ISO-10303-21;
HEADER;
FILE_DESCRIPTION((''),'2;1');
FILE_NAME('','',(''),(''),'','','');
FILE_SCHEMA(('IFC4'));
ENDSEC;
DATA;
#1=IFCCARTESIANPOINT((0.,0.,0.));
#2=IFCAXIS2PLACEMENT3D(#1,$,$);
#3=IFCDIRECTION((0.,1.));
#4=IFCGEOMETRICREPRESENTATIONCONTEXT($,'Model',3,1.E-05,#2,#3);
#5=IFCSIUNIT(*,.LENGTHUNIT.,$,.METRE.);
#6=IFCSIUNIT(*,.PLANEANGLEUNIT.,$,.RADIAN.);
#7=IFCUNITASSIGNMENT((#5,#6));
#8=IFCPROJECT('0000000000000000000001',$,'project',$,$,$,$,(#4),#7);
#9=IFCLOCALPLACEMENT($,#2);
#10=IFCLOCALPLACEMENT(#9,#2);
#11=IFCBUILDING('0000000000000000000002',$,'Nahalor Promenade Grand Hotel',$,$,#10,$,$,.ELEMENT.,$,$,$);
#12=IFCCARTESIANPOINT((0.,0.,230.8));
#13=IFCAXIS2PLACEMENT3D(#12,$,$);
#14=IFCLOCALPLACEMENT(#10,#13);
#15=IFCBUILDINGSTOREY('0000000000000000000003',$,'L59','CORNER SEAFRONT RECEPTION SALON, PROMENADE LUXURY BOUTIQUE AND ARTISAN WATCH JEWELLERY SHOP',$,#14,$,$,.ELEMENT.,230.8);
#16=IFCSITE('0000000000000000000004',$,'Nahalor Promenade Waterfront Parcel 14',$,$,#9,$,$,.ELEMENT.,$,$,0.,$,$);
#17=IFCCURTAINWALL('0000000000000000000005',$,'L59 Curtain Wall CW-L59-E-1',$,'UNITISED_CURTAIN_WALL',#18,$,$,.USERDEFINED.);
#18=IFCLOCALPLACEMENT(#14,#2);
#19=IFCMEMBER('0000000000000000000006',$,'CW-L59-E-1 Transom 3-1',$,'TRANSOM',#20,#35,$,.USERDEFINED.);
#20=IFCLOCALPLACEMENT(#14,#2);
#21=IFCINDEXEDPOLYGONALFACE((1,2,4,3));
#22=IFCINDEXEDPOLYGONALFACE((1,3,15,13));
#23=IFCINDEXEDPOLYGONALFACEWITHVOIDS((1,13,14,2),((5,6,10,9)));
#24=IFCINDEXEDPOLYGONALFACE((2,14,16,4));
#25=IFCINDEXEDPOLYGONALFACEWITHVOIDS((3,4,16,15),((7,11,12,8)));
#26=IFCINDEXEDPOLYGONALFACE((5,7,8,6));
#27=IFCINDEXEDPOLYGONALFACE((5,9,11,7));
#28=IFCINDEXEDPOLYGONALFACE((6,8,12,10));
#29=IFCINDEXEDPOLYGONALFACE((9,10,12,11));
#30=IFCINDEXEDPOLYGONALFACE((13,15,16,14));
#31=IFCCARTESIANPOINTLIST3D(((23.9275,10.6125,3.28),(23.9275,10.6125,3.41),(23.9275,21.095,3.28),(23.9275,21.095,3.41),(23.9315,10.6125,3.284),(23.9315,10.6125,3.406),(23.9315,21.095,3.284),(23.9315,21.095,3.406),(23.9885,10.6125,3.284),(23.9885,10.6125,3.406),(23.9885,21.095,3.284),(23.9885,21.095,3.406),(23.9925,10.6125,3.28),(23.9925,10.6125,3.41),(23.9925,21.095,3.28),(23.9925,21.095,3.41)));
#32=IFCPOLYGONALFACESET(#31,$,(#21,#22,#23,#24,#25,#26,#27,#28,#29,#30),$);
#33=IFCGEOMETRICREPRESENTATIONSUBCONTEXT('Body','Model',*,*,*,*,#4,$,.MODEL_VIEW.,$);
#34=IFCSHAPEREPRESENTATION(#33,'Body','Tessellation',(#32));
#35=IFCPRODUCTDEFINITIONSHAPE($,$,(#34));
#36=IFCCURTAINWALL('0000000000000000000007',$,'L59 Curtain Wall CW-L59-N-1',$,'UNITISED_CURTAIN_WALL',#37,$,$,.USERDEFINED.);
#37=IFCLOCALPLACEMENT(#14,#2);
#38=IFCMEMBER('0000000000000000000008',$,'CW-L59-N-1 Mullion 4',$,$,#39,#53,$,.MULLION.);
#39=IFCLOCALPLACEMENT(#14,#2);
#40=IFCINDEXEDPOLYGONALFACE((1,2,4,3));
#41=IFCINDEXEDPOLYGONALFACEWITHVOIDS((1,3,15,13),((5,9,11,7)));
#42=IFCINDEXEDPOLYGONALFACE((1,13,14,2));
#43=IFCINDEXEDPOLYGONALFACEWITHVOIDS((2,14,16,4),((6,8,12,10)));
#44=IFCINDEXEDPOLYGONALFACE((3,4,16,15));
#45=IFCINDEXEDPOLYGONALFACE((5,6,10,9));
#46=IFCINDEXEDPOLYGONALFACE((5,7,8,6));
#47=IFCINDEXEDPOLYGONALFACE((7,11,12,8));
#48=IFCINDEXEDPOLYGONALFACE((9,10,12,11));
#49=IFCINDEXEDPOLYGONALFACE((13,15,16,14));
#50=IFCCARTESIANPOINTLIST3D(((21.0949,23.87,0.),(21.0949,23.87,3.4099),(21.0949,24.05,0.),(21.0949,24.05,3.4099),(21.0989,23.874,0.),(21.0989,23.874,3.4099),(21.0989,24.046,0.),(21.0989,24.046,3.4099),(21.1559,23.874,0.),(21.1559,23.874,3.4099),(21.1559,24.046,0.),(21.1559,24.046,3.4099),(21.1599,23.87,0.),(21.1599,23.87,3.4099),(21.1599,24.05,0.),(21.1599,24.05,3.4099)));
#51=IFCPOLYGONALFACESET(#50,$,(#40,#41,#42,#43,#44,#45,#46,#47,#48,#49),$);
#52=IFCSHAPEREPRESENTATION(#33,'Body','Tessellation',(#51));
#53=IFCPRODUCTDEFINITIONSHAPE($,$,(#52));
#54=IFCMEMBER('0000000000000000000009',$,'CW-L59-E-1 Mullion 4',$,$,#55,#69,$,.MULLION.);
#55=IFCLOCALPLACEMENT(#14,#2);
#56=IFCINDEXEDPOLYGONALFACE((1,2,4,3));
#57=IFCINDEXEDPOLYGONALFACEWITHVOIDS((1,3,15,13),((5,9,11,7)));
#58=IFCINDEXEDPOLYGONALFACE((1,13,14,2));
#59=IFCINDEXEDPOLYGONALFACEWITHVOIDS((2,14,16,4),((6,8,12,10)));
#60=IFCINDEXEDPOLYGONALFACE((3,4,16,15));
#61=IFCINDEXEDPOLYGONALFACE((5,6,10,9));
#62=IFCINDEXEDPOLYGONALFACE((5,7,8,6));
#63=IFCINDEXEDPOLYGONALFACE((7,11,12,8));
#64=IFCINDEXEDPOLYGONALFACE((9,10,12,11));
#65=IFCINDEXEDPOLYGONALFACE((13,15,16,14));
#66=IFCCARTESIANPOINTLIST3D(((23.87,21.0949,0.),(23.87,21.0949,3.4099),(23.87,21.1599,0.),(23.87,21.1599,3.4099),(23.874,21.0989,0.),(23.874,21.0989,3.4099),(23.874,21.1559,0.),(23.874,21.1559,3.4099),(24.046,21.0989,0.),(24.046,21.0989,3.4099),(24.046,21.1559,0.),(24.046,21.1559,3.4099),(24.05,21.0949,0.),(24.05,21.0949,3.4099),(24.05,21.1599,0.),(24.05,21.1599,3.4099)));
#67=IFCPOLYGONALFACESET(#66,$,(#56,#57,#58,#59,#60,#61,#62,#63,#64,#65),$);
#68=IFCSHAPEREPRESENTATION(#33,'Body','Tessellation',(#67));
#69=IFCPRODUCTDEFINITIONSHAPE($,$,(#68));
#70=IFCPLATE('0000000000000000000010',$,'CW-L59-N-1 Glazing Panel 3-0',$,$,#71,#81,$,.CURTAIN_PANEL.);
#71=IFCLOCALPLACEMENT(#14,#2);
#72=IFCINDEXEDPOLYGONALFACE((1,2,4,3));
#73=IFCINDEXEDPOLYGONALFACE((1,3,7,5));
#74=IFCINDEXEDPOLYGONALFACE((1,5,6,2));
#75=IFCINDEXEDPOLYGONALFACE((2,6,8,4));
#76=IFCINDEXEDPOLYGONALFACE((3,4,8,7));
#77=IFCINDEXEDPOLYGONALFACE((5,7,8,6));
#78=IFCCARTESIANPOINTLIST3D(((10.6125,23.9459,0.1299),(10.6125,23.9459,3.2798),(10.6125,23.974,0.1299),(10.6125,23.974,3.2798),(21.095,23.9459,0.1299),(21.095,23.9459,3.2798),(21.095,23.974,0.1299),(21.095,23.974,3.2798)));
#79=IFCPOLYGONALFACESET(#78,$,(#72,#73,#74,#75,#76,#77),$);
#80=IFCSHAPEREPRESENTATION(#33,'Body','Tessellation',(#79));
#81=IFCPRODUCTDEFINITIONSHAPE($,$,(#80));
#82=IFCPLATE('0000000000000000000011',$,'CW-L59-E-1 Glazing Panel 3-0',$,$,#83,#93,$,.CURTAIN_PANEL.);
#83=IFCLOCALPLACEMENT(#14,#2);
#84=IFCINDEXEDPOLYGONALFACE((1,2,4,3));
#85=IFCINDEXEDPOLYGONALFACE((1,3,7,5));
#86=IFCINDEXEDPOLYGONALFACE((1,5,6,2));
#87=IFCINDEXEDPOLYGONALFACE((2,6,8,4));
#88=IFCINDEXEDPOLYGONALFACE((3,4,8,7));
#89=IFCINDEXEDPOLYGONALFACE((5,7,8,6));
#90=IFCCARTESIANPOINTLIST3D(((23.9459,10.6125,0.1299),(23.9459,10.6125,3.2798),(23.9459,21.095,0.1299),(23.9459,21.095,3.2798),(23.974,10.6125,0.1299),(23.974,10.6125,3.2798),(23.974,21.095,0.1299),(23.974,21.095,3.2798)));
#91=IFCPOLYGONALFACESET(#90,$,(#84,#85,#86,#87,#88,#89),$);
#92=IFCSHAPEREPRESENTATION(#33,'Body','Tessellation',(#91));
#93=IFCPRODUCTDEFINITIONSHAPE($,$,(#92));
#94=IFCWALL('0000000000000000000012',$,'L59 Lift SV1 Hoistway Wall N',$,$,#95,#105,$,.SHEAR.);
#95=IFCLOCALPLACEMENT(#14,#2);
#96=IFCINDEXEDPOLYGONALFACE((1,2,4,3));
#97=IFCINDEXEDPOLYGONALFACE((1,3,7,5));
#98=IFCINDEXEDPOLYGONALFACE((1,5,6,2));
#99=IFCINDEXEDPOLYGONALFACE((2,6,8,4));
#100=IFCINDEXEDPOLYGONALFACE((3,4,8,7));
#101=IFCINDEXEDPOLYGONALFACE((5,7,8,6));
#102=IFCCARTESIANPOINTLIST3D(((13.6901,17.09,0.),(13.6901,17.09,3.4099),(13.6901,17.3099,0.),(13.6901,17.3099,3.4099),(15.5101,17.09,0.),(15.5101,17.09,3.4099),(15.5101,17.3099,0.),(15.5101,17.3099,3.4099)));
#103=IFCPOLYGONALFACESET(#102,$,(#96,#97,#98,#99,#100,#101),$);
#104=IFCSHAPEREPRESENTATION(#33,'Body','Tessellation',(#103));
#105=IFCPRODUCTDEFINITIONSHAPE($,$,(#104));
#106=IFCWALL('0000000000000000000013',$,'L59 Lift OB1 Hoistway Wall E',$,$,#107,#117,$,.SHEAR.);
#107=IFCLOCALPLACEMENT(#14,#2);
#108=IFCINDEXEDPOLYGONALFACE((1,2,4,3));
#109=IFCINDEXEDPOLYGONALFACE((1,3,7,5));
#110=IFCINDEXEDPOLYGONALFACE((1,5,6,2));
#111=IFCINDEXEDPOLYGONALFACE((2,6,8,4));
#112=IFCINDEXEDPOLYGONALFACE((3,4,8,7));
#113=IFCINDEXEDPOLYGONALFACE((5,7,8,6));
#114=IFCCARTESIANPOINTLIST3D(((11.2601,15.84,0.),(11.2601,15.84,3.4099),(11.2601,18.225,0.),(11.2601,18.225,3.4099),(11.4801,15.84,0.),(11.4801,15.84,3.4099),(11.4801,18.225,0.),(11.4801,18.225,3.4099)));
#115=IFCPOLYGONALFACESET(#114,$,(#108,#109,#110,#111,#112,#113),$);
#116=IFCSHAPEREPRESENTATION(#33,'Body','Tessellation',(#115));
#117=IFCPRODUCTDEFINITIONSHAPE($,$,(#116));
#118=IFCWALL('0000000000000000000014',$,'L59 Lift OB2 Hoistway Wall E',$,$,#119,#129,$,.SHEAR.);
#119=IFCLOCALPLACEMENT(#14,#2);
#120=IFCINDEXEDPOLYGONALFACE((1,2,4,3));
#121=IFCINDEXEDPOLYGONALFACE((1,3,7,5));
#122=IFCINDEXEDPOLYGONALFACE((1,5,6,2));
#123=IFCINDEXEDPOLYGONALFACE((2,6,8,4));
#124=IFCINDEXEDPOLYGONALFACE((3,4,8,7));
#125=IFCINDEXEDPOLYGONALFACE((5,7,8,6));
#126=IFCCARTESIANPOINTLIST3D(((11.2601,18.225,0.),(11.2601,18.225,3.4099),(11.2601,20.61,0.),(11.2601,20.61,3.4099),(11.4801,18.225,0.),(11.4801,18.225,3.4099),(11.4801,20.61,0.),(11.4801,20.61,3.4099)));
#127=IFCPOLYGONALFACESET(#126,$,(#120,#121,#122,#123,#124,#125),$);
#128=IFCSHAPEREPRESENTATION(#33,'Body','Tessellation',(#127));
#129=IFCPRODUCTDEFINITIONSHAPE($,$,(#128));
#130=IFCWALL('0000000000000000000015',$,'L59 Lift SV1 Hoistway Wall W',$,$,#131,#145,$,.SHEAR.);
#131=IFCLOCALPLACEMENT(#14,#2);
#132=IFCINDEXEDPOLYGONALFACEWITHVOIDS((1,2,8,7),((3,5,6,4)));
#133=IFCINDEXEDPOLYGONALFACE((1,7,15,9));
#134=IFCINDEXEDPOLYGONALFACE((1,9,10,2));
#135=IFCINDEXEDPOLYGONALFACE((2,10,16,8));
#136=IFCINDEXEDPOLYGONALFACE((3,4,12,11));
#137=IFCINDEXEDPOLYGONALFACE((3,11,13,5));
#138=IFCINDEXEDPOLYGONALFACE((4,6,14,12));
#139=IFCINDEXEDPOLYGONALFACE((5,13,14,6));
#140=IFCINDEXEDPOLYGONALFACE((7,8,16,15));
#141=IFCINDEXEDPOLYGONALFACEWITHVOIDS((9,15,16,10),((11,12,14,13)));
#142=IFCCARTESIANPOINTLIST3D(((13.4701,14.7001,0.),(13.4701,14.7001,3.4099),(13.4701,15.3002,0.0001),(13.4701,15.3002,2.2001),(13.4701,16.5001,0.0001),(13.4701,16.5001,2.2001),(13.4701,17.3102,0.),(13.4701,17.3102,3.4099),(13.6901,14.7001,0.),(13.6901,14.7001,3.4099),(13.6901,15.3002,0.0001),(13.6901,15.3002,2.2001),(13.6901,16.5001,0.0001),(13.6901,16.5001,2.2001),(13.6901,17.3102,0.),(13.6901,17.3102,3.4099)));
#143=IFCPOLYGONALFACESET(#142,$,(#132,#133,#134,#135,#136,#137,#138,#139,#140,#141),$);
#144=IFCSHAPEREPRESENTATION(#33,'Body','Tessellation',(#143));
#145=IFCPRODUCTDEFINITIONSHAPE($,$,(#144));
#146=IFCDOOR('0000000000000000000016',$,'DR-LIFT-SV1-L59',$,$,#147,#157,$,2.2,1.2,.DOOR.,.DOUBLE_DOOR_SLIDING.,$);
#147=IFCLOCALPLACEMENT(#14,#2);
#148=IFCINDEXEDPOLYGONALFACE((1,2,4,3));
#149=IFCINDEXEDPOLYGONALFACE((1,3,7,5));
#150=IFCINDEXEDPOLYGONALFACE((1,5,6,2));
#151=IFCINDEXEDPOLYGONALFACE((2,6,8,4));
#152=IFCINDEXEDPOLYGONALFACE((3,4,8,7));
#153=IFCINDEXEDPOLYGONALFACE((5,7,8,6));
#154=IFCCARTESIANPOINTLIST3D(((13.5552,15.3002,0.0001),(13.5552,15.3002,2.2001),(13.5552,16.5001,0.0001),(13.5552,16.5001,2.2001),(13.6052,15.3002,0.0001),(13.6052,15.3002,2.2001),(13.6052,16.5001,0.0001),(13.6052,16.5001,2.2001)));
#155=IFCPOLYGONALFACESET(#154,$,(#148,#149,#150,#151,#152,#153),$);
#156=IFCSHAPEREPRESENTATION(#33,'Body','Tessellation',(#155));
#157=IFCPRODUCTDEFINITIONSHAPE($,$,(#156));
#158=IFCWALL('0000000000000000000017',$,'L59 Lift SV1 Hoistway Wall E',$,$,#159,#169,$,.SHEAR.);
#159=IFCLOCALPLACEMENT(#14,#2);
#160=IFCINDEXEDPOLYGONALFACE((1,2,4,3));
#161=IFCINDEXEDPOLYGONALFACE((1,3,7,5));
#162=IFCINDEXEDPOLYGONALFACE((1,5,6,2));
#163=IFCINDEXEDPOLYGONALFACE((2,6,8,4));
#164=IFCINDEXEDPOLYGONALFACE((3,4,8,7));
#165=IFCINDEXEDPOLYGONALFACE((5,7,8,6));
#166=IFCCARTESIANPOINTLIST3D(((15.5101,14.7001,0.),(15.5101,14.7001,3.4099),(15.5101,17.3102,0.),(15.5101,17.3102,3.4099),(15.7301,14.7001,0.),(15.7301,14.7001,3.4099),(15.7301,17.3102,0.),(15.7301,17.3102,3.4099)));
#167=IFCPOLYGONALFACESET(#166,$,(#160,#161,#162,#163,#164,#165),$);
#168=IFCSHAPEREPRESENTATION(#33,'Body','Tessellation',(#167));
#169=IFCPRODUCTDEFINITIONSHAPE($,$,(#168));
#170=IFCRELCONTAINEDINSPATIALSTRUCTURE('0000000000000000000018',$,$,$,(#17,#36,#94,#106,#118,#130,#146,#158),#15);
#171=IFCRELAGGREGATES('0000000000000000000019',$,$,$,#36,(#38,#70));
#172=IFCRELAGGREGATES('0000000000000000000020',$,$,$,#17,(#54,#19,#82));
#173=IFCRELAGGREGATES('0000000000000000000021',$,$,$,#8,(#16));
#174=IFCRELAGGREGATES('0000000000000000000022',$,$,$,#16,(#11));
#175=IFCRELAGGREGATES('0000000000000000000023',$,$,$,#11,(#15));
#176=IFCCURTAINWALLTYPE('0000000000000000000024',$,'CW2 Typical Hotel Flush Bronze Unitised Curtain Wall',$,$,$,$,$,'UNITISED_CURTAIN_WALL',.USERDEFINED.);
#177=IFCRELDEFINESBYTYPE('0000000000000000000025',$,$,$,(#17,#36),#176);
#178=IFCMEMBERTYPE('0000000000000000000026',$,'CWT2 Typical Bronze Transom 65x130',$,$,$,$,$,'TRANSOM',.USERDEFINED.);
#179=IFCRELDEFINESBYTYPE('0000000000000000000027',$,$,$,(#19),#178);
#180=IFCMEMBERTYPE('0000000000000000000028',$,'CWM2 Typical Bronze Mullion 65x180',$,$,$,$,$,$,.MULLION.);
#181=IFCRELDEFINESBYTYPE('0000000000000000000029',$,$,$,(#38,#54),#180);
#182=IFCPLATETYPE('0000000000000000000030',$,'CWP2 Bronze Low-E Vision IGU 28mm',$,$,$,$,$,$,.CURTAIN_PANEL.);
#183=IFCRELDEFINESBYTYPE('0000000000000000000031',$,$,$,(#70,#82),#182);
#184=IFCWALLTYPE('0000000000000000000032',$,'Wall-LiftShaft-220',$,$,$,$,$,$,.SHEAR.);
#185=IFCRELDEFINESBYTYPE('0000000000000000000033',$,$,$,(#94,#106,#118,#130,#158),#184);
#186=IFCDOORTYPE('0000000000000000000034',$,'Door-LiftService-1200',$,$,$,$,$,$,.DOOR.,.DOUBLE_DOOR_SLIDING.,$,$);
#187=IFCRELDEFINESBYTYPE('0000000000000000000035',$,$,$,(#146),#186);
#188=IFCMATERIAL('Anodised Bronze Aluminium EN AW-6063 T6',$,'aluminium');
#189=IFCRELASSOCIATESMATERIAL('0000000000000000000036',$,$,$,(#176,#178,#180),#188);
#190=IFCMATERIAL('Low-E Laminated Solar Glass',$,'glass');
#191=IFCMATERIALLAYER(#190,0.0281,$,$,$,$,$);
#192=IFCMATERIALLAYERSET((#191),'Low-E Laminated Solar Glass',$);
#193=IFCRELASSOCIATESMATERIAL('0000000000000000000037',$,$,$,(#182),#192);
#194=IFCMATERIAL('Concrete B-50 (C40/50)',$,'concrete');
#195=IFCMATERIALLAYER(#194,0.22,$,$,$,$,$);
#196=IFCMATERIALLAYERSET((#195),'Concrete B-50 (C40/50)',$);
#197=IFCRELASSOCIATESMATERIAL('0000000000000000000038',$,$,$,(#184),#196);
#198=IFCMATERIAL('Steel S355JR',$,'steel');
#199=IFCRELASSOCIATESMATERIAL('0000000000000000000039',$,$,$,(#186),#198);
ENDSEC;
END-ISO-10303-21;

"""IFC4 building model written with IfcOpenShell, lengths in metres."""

from ifc_helpers import new_model, si_unit, direction, frame, frame_2d, origin, origin_2d, place, context, subcontext, project, spatial, rectangle, hollow_rectangle, extrude, source, transform, mapped, material, layer, layer_set, material_profile, profile_set, type_object, element, fill, aggregate, save


model = new_model("IFC4")

# Units and contexts
model_context = context("Model", 3, precision=1e-05, world=origin(), true_north=direction((0.0, 1.0)))
body_context = subcontext(model_context, "Body", "Model", "MODEL_VIEW")
ifc_project = project(units=[si_unit("LENGTHUNIT", "METRE"), si_unit("PLANEANGLEUNIT", "RADIAN")], contexts=[model_context])

# Site, building, storey
site_placement = place(None, origin())
site = spatial("IfcSite", under=ifc_project, at=site_placement, Name="Nahalor Promenade Waterfront Parcel 14", CompositionType="ELEMENT", RefElevation=0.0)
building_placement = place(site_placement, origin())
building = spatial("IfcBuilding", under=site, at=building_placement, Name="Nahalor Promenade Grand Hotel", CompositionType="ELEMENT")
storey_placement = place(building_placement, frame((0.0, 0.0, 230.8)))
storey = spatial("IfcBuildingStorey", under=building, at=storey_placement, Name="L59", Description="CORNER SEAFRONT RECEPTION SALON, PROMENADE LUXURY BOUTIQUE AND ARTISAN WATCH JEWELLERY SHOP", CompositionType="ELEMENT", Elevation=230.8)

# Shared definitions
ifc_material_1 = material(Name="Steel S355JR", Category="steel")

# Curtain walls, members
ifc_material_2 = material(Name="Anodised Bronze Aluminium EN AW-6063 T6", Category="aluminium")
curtain_wall_type = type_object("IfcCurtainWallType", Name="CW2 Typical Hotel Flush Bronze Unitised Curtain Wall", ElementType="UNITISED_CURTAIN_WALL", PredefinedType="USERDEFINED", material=ifc_material_2)
curtain_wall_1_placement = place(storey_placement, origin())
curtain_wall_1 = element("IfcCurtainWall", 1, at=curtain_wall_1_placement, inside=storey, type_object=curtain_wall_type, Name="L59 Curtain Wall CW-L59-E-1", ObjectType="UNITISED_CURTAIN_WALL", PredefinedType="USERDEFINED")
ifc_material_profile_1 = material_profile(ifc_material_2, hollow_rectangle(XDim=0.065, YDim=0.13, WallThickness=0.004, at=origin_2d()), Name="CWT 65x130x4")
ifc_profile_set_1 = profile_set([ifc_material_profile_1], Name="Anodised Bronze Aluminium EN AW-6063 T6")
member_type_1 = type_object("IfcMemberType", Name="CWT2 Typical Bronze Transom 65x130", ElementType="TRANSOM", PredefinedType="USERDEFINED", material=ifc_profile_set_1)
shared_shape_1 = source(origin(), body_context, "Body", "SweptSolid", [
    extrude(hollow_rectangle(XDim=0.065, YDim=0.13, WallThickness=0.004, at=origin_2d()), origin(), (0.0, 0.0, 1.0), 10.4824),
])
member_1_placement = place(storey_placement, frame((23.96, 10.6125, 3.345), z_axis=(0.0, 1.0, 0.0), x_axis=(-1.0, 0.0, 0.0)))
member_1 = element("IfcMember", 2, at=member_1_placement, type_object=member_type_1, Name="CW-L59-E-1 Transom 3-1", ObjectType="TRANSOM", PredefinedType="USERDEFINED", context=body_context, shape_type="MappedRepresentation", body=[
    mapped(shared_shape_1, transform((0.0, 0.0, 0.0), scale=1.0)),
])
curtain_wall_2_placement = place(storey_placement, origin())
curtain_wall_2 = element("IfcCurtainWall", 3, at=curtain_wall_2_placement, inside=storey, type_object=curtain_wall_type, Name="L59 Curtain Wall CW-L59-N-1", ObjectType="UNITISED_CURTAIN_WALL", PredefinedType="USERDEFINED")
ifc_material_profile_2 = material_profile(ifc_material_2, hollow_rectangle(XDim=0.065, YDim=0.18, WallThickness=0.004, at=origin_2d()), Name="CWM 65x180x4")
ifc_profile_set_2 = profile_set([ifc_material_profile_2], Name="Anodised Bronze Aluminium EN AW-6063 T6")
member_type_2 = type_object("IfcMemberType", Name="CWM2 Typical Bronze Mullion 65x180", PredefinedType="MULLION", material=ifc_profile_set_2)
shared_shape_2 = source(origin(), body_context, "Body", "SweptSolid", [
    extrude(hollow_rectangle(XDim=0.065, YDim=0.18, WallThickness=0.004, at=origin_2d()), origin(), (0.0, 0.0, 1.0), 3.4099),
])
member_2_placement = place(storey_placement, frame((21.1274, 23.96, 0.0), z_axis=(0.0, 0.0, 1.0), x_axis=(1.0, 0.0, 0.0)))
member_2 = element("IfcMember", 4, at=member_2_placement, type_object=member_type_2, Name="CW-L59-N-1 Mullion 4", PredefinedType="MULLION", context=body_context, shape_type="MappedRepresentation", body=[
    mapped(shared_shape_2, transform((0.0, 0.0, 0.0), scale=1.0)),
])

# Member
member_3_placement = place(storey_placement, frame((23.96, 21.1274, 0.0), z_axis=(0.0, 0.0, 1.0), x_axis=(0.0, 1.0, 0.0)))
member_3 = element("IfcMember", 5, at=member_3_placement, type_object=member_type_2, Name="CW-L59-E-1 Mullion 4", PredefinedType="MULLION", context=body_context, shape_type="MappedRepresentation", body=[
    mapped(shared_shape_2, transform((0.0, 0.0, 0.0), scale=1.0)),
])

# Plates
ifc_material_3 = material(Name="Low-E Laminated Solar Glass", Category="glass")
ifc_layer_1 = layer(ifc_material_3, 0.0281)
ifc_layer_set_1 = layer_set([ifc_layer_1], Name="Low-E Laminated Solar Glass")
plate_type = type_object("IfcPlateType", Name="CWP2 Bronze Low-E Vision IGU 28mm", PredefinedType="CURTAIN_PANEL", material=ifc_layer_set_1)
shared_shape_3 = source(origin(), body_context, "Body", "SweptSolid", [
    extrude(rectangle(XDim=10.4824, YDim=0.0281, at=origin_2d()), origin(), (0.0, 0.0, 1.0), 3.1499),
])
plate_1_placement = place(storey_placement, frame((15.8538, 23.96, 0.1299), z_axis=(0.0, 0.0, 1.0), x_axis=(1.0, 0.0, 0.0)))
plate_1 = element("IfcPlate", 6, at=plate_1_placement, type_object=plate_type, Name="CW-L59-N-1 Glazing Panel 3-0", PredefinedType="CURTAIN_PANEL", context=body_context, shape_type="MappedRepresentation", body=[
    mapped(shared_shape_3, transform((0.0, 0.0, 0.0), scale=1.0)),
])
aggregate(curtain_wall_2, [member_2, plate_1])
plate_2_placement = place(storey_placement, frame((23.96, 15.8538, 0.1299), z_axis=(0.0, 0.0, 1.0), x_axis=(0.0, 1.0, 0.0)))
plate_2 = element("IfcPlate", 7, at=plate_2_placement, type_object=plate_type, Name="CW-L59-E-1 Glazing Panel 3-0", PredefinedType="CURTAIN_PANEL", context=body_context, shape_type="MappedRepresentation", body=[
    mapped(shared_shape_3, transform((0.0, 0.0, 0.0), scale=1.0)),
])
aggregate(curtain_wall_1, [member_3, member_1, plate_2])

# Walls
ifc_material_4 = material(Name="Concrete B-50 (C40/50)", Category="concrete")
ifc_layer_2 = layer(ifc_material_4, 0.22)
ifc_layer_set_2 = layer_set([ifc_layer_2], Name="Concrete B-50 (C40/50)")
wall_type_1 = type_object("IfcWallType", Name="Wall-LiftShaft-220", PredefinedType="SHEAR", material=ifc_layer_set_2)
shared_shape_4 = source(origin(), body_context, "Body", "SweptSolid", [
    extrude(rectangle(XDim=1.8201, YDim=0.22, at=frame_2d((0.9102, 0.0))), origin(), (0.0, 0.0, 1.0), 3.4099),
])
wall_1_placement = place(storey_placement, frame((13.6899, 17.2, 0.0), z_axis=(0.0, 0.0, 1.0), x_axis=(1.0, 0.0, 0.0)))
element("IfcWall", 8, at=wall_1_placement, inside=storey, type_object=wall_type_1, Name="L59 Lift SV1 Hoistway Wall N", PredefinedType="SHEAR", context=body_context, shape_type="MappedRepresentation", body=[
    mapped(shared_shape_4, transform((0.0, 0.0, 0.0), scale=1.0)),
])
shared_shape_5 = source(origin(), body_context, "Body", "SweptSolid", [
    extrude(rectangle(XDim=2.385, YDim=0.22, at=frame_2d((1.1924, 0.0))), origin(), (0.0, 0.0, 1.0), 3.4099),
])
for number, where, z_axis, x_axis, name in (
    (9, (11.3701, 15.8401, 0.0), (0.0, 0.0, 1.0), (0.0, 1.0, 0.0), "L59 Lift OB1 Hoistway Wall E"),
    (10, (11.3701, 18.2251, 0.0), (0.0, 0.0, 1.0), (0.0, 1.0, 0.0), "L59 Lift OB2 Hoistway Wall E"),
):
    element("IfcWall", number, at=place(storey_placement, frame(where, z_axis=z_axis, x_axis=x_axis)), inside=storey, type_object=wall_type_1, Name=name, PredefinedType="SHEAR", context=body_context, shape_type="MappedRepresentation", body=[
        mapped(shared_shape_5, transform((0.0, 0.0, 0.0), scale=1.0)),
    ])

# Wall, opening, door
shared_shape_6 = source(origin(), body_context, "Body", "SweptSolid", [
    extrude(rectangle(XDim=2.6101, YDim=0.22, at=frame_2d((1.3052, 0.0))), origin(), (0.0, 0.0, 1.0), 3.4099),
])
wall_2_placement = place(storey_placement, frame((13.5801, 14.7, 0.0), z_axis=(0.0, 0.0, 1.0), x_axis=(0.0, 1.0, 0.0)))
wall_2 = element("IfcWall", 11, at=wall_2_placement, inside=storey, type_object=wall_type_1, Name="L59 Lift SV1 Hoistway Wall W", PredefinedType="SHEAR", context=body_context, shape_type="MappedRepresentation", body=[
    mapped(shared_shape_6, transform((0.0, 0.0, 0.0), scale=1.0)),
])
opening_1_placement = place(wall_2_placement, frame((0.6001, 0.0, 0.0)))
opening_1 = element("IfcOpeningElement", 12, at=opening_1_placement, cuts=wall_2, PredefinedType="OPENING", context=body_context, shape_type="SweptSolid", body=[
    extrude(rectangle(XDim=1.2, YDim=2.2, at=frame_2d((0.6001, 1.1001))), frame((0.0, 0.1199, 0.0), z_axis=(0.0, -1.0, 0.0), x_axis=(1.0, 0.0, 0.0)), (0.0, 0.0, 1.0), 0.24),
])
door_type_1 = type_object("IfcDoorType", Name="Door-LiftService-1200", OperationType="DOUBLE_DOOR_SLIDING", PredefinedType="DOOR", material=ifc_material_1)
shared_shape_7 = source(origin(), body_context, "Body", "SweptSolid", [
    extrude(rectangle(XDim=1.2, YDim=2.2, at=frame_2d((0.6001, 1.1001))), frame((0.0, 0.0249, 0.0), z_axis=(0.0, -1.0, 0.0), x_axis=(1.0, 0.0, 0.0)), (0.0, 0.0, 1.0), 0.05),
])
door_1_placement = place(opening_1_placement, origin())
door_1 = element("IfcDoor", 13, at=door_1_placement, inside=storey, type_object=door_type_1, Name="DR-LIFT-SV1-L59", OperationType="DOUBLE_DOOR_SLIDING", OverallHeight=2.2, OverallWidth=1.2, PredefinedType="DOOR", context=body_context, shape_type="MappedRepresentation", body=[
    mapped(shared_shape_7, transform((0.0, 0.0, 0.0), scale=1.0)),
])
fill(opening_1, door_1)

# Wall
wall_3_placement = place(storey_placement, frame((15.6201, 14.7, 0.0), z_axis=(0.0, 0.0, 1.0), x_axis=(0.0, 1.0, 0.0)))
element("IfcWall", 14, at=wall_3_placement, inside=storey, type_object=wall_type_1, Name="L59 Lift SV1 Hoistway Wall E", PredefinedType="SHEAR", context=body_context, shape_type="MappedRepresentation", body=[
    mapped(shared_shape_6, transform((0.0, 0.0, 0.0), scale=1.0)),
])

save(model, "model.ifc")
